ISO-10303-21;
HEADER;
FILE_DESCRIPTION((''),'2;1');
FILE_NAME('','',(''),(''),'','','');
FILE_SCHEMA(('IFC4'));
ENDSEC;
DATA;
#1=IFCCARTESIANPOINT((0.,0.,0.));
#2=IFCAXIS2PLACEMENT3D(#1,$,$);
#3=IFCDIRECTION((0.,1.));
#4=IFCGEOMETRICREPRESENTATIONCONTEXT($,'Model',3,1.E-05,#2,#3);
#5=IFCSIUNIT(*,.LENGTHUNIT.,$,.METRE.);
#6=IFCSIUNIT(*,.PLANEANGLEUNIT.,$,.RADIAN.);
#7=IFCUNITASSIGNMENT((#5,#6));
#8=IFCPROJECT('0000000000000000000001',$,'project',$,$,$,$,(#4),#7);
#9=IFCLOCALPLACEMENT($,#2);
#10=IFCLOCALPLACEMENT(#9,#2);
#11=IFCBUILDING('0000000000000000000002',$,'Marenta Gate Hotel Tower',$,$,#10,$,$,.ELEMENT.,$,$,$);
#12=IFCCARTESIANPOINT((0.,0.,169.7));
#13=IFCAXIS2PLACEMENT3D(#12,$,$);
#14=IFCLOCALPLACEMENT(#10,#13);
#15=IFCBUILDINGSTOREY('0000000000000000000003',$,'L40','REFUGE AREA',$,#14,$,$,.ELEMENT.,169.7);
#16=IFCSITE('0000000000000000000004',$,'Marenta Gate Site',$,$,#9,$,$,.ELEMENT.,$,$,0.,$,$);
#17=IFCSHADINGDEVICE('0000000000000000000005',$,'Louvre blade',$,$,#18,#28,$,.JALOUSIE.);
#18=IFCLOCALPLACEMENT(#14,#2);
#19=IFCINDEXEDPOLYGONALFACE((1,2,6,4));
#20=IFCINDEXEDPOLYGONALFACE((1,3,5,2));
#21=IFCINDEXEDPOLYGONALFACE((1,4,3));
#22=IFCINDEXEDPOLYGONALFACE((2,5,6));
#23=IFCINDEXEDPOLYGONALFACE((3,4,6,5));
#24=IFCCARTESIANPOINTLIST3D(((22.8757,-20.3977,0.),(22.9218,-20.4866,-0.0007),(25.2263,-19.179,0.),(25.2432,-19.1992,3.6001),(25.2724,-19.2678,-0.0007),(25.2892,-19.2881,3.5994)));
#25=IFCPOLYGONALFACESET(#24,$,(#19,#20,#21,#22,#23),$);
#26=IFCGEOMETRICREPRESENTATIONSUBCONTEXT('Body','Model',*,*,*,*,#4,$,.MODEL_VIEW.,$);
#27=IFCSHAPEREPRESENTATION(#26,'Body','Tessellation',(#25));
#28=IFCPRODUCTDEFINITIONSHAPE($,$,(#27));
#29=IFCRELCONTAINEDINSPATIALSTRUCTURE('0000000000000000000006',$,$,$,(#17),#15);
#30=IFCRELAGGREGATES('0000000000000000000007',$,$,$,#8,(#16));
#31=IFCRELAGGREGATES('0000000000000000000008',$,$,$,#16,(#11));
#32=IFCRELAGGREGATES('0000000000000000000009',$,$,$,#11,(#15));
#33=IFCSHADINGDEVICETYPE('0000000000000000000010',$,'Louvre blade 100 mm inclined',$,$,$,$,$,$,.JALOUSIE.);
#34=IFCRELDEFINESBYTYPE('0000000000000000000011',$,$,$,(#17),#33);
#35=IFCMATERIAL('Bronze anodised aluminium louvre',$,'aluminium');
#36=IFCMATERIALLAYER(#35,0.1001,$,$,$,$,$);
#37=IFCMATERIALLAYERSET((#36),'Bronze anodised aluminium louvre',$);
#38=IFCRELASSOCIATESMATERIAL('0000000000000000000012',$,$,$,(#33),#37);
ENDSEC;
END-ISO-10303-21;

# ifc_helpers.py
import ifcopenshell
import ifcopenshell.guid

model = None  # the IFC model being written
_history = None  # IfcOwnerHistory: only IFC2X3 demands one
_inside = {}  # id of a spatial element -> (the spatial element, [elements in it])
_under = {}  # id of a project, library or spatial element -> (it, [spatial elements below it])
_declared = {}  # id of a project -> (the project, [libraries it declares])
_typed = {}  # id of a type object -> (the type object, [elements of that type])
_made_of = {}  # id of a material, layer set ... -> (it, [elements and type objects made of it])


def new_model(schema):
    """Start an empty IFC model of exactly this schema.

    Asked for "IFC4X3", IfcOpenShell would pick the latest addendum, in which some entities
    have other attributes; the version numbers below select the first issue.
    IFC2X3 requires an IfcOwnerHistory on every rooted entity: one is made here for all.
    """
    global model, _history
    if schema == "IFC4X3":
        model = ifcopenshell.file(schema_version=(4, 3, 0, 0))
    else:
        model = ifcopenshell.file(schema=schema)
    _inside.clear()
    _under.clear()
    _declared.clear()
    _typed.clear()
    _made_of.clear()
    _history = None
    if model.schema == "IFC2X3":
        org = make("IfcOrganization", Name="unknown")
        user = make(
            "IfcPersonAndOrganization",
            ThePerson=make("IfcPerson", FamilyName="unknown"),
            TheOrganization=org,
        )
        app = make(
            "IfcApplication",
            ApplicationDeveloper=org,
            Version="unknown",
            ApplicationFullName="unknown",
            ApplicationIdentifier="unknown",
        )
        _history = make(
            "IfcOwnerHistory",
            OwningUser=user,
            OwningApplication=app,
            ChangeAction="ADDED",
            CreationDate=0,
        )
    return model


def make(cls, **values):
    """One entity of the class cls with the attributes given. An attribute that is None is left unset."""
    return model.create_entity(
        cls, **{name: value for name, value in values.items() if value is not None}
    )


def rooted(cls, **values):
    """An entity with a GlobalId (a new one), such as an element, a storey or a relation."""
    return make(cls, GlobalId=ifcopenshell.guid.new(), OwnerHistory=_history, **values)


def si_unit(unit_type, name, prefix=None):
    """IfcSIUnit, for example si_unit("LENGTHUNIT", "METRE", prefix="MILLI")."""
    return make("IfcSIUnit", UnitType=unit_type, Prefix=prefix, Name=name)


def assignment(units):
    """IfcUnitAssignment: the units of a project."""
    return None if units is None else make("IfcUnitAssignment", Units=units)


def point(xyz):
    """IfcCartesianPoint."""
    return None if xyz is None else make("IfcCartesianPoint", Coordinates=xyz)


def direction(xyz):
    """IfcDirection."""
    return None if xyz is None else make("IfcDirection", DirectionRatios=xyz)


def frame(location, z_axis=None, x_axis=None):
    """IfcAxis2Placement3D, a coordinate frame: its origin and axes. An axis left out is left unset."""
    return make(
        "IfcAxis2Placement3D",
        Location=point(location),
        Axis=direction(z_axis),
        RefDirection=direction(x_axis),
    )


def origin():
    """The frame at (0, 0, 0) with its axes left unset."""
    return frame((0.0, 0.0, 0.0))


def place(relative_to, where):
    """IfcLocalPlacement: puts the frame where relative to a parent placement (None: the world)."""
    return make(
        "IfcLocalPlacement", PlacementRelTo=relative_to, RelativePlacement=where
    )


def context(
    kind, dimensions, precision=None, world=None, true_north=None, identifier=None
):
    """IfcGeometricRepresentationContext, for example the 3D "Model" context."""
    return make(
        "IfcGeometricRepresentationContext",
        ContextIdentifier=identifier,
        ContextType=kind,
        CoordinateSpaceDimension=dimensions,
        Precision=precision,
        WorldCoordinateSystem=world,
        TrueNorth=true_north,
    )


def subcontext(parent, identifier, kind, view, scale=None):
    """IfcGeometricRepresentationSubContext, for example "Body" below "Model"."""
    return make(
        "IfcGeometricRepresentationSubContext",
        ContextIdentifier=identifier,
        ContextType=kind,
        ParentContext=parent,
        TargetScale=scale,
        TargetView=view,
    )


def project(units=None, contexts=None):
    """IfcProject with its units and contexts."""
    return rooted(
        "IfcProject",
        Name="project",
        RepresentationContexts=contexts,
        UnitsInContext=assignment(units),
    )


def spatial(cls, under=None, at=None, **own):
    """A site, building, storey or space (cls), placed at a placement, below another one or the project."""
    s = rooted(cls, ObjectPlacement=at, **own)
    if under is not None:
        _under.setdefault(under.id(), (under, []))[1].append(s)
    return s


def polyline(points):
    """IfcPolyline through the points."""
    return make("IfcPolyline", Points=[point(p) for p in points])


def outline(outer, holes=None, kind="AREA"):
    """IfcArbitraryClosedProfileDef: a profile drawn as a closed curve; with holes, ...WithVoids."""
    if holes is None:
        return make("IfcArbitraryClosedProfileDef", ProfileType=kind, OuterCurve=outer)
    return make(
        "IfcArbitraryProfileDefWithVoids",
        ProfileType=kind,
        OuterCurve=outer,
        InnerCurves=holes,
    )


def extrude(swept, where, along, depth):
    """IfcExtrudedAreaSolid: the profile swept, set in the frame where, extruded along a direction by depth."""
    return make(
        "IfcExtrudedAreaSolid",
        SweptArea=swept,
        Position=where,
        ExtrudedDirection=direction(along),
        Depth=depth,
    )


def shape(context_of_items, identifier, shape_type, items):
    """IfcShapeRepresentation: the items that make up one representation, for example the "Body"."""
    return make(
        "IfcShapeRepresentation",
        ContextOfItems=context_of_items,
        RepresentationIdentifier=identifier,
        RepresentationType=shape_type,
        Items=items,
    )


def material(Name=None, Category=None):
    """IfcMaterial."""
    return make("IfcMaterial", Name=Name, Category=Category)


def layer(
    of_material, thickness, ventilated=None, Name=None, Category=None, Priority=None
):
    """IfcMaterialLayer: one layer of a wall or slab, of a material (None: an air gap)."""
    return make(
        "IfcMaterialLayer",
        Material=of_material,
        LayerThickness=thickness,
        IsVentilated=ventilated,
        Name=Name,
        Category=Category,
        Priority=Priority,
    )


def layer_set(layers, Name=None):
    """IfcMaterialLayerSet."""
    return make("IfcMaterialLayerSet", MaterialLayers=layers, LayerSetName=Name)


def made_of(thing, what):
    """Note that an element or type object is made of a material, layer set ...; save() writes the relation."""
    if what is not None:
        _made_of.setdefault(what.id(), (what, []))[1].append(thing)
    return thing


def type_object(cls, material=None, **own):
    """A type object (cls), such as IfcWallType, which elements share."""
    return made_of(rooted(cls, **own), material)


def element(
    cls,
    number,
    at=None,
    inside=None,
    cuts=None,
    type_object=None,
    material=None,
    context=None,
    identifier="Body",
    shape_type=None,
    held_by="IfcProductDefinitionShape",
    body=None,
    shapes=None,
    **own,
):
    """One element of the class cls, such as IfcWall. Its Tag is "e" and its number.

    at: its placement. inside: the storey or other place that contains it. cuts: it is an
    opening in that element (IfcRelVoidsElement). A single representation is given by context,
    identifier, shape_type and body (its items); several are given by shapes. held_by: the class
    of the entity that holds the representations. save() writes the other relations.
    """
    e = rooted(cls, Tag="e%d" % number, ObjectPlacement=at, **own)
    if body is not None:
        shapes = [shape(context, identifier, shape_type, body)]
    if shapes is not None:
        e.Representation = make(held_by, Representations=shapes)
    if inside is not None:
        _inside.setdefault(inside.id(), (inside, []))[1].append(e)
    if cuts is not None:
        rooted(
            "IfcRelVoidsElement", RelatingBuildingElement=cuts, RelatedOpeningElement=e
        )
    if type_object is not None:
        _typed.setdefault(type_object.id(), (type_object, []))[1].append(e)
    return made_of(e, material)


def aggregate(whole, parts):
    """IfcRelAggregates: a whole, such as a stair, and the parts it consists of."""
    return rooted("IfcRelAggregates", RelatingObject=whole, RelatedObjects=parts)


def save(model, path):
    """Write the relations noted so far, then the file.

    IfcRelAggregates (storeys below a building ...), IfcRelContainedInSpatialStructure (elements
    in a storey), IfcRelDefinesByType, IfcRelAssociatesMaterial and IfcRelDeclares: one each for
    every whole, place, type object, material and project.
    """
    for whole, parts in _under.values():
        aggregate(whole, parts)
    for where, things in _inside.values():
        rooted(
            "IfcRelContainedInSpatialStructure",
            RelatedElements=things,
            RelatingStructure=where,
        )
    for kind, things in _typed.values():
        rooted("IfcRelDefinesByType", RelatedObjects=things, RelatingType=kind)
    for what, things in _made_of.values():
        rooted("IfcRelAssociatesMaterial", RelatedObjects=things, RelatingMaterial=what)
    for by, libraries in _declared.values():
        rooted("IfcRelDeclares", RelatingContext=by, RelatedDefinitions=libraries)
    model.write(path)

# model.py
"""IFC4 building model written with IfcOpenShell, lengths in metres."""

from ifc_helpers import new_model, si_unit, direction, frame, origin, place, context, subcontext, project, spatial, polyline, outline, extrude, material, layer, layer_set, type_object, element, save


model = new_model("IFC4")

# Units and contexts
model_context = context("Model", 3, precision=1e-05, world=origin(), true_north=direction((0.0, 1.0)))
body_context = subcontext(model_context, "Body", "Model", "MODEL_VIEW")
ifc_project = project(units=[si_unit("LENGTHUNIT", "METRE"), si_unit("PLANEANGLEUNIT", "RADIAN")], contexts=[model_context])

# Site, building, storey
site_placement = place(None, origin())
site = spatial("IfcSite", under=ifc_project, at=site_placement, Name="Marenta Gate Site", CompositionType="ELEMENT", RefElevation=0.0)
building_placement = place(site_placement, origin())
building = spatial("IfcBuilding", under=site, at=building_placement, Name="Marenta Gate Hotel Tower", CompositionType="ELEMENT")
storey_placement = place(building_placement, frame((0.0, 0.0, 169.7)))
storey = spatial("IfcBuildingStorey", under=building, at=storey_placement, Name="L40", Description="REFUGE AREA", CompositionType="ELEMENT", Elevation=169.7)

# Shading device
ifc_material_1 = material(Name="Bronze anodised aluminium louvre", Category="aluminium")
ifc_layer_1 = layer(ifc_material_1, 0.1001)
ifc_layer_set_1 = layer_set([ifc_layer_1], Name="Bronze anodised aluminium louvre")
shading_device_type = type_object("IfcShadingDeviceType", Name="Louvre blade 100 mm inclined", PredefinedType="JALOUSIE", material=ifc_layer_set_1)
shading_device_1_placement = place(storey_placement, frame((22.8757, -20.3977, 0.0), z_axis=(-0.460284, 0.887743, 0.007151), x_axis=(0.887766, 0.460296, 0.0)))
element("IfcShadingDevice", 1, at=shading_device_1_placement, inside=storey, type_object=shading_device_type, Name="Louvre blade", PredefinedType="JALOUSIE", context=body_context, shape_type="SweptSolid", body=[
    extrude(outline(polyline([(0.0, 0.0), (2.6478, 0.0), (2.6534, -3.6002), (0.0, 0.0)])), origin(), (0.0, 0.0, -1.0), 0.1001),
])

save(model, "model.ifc")
